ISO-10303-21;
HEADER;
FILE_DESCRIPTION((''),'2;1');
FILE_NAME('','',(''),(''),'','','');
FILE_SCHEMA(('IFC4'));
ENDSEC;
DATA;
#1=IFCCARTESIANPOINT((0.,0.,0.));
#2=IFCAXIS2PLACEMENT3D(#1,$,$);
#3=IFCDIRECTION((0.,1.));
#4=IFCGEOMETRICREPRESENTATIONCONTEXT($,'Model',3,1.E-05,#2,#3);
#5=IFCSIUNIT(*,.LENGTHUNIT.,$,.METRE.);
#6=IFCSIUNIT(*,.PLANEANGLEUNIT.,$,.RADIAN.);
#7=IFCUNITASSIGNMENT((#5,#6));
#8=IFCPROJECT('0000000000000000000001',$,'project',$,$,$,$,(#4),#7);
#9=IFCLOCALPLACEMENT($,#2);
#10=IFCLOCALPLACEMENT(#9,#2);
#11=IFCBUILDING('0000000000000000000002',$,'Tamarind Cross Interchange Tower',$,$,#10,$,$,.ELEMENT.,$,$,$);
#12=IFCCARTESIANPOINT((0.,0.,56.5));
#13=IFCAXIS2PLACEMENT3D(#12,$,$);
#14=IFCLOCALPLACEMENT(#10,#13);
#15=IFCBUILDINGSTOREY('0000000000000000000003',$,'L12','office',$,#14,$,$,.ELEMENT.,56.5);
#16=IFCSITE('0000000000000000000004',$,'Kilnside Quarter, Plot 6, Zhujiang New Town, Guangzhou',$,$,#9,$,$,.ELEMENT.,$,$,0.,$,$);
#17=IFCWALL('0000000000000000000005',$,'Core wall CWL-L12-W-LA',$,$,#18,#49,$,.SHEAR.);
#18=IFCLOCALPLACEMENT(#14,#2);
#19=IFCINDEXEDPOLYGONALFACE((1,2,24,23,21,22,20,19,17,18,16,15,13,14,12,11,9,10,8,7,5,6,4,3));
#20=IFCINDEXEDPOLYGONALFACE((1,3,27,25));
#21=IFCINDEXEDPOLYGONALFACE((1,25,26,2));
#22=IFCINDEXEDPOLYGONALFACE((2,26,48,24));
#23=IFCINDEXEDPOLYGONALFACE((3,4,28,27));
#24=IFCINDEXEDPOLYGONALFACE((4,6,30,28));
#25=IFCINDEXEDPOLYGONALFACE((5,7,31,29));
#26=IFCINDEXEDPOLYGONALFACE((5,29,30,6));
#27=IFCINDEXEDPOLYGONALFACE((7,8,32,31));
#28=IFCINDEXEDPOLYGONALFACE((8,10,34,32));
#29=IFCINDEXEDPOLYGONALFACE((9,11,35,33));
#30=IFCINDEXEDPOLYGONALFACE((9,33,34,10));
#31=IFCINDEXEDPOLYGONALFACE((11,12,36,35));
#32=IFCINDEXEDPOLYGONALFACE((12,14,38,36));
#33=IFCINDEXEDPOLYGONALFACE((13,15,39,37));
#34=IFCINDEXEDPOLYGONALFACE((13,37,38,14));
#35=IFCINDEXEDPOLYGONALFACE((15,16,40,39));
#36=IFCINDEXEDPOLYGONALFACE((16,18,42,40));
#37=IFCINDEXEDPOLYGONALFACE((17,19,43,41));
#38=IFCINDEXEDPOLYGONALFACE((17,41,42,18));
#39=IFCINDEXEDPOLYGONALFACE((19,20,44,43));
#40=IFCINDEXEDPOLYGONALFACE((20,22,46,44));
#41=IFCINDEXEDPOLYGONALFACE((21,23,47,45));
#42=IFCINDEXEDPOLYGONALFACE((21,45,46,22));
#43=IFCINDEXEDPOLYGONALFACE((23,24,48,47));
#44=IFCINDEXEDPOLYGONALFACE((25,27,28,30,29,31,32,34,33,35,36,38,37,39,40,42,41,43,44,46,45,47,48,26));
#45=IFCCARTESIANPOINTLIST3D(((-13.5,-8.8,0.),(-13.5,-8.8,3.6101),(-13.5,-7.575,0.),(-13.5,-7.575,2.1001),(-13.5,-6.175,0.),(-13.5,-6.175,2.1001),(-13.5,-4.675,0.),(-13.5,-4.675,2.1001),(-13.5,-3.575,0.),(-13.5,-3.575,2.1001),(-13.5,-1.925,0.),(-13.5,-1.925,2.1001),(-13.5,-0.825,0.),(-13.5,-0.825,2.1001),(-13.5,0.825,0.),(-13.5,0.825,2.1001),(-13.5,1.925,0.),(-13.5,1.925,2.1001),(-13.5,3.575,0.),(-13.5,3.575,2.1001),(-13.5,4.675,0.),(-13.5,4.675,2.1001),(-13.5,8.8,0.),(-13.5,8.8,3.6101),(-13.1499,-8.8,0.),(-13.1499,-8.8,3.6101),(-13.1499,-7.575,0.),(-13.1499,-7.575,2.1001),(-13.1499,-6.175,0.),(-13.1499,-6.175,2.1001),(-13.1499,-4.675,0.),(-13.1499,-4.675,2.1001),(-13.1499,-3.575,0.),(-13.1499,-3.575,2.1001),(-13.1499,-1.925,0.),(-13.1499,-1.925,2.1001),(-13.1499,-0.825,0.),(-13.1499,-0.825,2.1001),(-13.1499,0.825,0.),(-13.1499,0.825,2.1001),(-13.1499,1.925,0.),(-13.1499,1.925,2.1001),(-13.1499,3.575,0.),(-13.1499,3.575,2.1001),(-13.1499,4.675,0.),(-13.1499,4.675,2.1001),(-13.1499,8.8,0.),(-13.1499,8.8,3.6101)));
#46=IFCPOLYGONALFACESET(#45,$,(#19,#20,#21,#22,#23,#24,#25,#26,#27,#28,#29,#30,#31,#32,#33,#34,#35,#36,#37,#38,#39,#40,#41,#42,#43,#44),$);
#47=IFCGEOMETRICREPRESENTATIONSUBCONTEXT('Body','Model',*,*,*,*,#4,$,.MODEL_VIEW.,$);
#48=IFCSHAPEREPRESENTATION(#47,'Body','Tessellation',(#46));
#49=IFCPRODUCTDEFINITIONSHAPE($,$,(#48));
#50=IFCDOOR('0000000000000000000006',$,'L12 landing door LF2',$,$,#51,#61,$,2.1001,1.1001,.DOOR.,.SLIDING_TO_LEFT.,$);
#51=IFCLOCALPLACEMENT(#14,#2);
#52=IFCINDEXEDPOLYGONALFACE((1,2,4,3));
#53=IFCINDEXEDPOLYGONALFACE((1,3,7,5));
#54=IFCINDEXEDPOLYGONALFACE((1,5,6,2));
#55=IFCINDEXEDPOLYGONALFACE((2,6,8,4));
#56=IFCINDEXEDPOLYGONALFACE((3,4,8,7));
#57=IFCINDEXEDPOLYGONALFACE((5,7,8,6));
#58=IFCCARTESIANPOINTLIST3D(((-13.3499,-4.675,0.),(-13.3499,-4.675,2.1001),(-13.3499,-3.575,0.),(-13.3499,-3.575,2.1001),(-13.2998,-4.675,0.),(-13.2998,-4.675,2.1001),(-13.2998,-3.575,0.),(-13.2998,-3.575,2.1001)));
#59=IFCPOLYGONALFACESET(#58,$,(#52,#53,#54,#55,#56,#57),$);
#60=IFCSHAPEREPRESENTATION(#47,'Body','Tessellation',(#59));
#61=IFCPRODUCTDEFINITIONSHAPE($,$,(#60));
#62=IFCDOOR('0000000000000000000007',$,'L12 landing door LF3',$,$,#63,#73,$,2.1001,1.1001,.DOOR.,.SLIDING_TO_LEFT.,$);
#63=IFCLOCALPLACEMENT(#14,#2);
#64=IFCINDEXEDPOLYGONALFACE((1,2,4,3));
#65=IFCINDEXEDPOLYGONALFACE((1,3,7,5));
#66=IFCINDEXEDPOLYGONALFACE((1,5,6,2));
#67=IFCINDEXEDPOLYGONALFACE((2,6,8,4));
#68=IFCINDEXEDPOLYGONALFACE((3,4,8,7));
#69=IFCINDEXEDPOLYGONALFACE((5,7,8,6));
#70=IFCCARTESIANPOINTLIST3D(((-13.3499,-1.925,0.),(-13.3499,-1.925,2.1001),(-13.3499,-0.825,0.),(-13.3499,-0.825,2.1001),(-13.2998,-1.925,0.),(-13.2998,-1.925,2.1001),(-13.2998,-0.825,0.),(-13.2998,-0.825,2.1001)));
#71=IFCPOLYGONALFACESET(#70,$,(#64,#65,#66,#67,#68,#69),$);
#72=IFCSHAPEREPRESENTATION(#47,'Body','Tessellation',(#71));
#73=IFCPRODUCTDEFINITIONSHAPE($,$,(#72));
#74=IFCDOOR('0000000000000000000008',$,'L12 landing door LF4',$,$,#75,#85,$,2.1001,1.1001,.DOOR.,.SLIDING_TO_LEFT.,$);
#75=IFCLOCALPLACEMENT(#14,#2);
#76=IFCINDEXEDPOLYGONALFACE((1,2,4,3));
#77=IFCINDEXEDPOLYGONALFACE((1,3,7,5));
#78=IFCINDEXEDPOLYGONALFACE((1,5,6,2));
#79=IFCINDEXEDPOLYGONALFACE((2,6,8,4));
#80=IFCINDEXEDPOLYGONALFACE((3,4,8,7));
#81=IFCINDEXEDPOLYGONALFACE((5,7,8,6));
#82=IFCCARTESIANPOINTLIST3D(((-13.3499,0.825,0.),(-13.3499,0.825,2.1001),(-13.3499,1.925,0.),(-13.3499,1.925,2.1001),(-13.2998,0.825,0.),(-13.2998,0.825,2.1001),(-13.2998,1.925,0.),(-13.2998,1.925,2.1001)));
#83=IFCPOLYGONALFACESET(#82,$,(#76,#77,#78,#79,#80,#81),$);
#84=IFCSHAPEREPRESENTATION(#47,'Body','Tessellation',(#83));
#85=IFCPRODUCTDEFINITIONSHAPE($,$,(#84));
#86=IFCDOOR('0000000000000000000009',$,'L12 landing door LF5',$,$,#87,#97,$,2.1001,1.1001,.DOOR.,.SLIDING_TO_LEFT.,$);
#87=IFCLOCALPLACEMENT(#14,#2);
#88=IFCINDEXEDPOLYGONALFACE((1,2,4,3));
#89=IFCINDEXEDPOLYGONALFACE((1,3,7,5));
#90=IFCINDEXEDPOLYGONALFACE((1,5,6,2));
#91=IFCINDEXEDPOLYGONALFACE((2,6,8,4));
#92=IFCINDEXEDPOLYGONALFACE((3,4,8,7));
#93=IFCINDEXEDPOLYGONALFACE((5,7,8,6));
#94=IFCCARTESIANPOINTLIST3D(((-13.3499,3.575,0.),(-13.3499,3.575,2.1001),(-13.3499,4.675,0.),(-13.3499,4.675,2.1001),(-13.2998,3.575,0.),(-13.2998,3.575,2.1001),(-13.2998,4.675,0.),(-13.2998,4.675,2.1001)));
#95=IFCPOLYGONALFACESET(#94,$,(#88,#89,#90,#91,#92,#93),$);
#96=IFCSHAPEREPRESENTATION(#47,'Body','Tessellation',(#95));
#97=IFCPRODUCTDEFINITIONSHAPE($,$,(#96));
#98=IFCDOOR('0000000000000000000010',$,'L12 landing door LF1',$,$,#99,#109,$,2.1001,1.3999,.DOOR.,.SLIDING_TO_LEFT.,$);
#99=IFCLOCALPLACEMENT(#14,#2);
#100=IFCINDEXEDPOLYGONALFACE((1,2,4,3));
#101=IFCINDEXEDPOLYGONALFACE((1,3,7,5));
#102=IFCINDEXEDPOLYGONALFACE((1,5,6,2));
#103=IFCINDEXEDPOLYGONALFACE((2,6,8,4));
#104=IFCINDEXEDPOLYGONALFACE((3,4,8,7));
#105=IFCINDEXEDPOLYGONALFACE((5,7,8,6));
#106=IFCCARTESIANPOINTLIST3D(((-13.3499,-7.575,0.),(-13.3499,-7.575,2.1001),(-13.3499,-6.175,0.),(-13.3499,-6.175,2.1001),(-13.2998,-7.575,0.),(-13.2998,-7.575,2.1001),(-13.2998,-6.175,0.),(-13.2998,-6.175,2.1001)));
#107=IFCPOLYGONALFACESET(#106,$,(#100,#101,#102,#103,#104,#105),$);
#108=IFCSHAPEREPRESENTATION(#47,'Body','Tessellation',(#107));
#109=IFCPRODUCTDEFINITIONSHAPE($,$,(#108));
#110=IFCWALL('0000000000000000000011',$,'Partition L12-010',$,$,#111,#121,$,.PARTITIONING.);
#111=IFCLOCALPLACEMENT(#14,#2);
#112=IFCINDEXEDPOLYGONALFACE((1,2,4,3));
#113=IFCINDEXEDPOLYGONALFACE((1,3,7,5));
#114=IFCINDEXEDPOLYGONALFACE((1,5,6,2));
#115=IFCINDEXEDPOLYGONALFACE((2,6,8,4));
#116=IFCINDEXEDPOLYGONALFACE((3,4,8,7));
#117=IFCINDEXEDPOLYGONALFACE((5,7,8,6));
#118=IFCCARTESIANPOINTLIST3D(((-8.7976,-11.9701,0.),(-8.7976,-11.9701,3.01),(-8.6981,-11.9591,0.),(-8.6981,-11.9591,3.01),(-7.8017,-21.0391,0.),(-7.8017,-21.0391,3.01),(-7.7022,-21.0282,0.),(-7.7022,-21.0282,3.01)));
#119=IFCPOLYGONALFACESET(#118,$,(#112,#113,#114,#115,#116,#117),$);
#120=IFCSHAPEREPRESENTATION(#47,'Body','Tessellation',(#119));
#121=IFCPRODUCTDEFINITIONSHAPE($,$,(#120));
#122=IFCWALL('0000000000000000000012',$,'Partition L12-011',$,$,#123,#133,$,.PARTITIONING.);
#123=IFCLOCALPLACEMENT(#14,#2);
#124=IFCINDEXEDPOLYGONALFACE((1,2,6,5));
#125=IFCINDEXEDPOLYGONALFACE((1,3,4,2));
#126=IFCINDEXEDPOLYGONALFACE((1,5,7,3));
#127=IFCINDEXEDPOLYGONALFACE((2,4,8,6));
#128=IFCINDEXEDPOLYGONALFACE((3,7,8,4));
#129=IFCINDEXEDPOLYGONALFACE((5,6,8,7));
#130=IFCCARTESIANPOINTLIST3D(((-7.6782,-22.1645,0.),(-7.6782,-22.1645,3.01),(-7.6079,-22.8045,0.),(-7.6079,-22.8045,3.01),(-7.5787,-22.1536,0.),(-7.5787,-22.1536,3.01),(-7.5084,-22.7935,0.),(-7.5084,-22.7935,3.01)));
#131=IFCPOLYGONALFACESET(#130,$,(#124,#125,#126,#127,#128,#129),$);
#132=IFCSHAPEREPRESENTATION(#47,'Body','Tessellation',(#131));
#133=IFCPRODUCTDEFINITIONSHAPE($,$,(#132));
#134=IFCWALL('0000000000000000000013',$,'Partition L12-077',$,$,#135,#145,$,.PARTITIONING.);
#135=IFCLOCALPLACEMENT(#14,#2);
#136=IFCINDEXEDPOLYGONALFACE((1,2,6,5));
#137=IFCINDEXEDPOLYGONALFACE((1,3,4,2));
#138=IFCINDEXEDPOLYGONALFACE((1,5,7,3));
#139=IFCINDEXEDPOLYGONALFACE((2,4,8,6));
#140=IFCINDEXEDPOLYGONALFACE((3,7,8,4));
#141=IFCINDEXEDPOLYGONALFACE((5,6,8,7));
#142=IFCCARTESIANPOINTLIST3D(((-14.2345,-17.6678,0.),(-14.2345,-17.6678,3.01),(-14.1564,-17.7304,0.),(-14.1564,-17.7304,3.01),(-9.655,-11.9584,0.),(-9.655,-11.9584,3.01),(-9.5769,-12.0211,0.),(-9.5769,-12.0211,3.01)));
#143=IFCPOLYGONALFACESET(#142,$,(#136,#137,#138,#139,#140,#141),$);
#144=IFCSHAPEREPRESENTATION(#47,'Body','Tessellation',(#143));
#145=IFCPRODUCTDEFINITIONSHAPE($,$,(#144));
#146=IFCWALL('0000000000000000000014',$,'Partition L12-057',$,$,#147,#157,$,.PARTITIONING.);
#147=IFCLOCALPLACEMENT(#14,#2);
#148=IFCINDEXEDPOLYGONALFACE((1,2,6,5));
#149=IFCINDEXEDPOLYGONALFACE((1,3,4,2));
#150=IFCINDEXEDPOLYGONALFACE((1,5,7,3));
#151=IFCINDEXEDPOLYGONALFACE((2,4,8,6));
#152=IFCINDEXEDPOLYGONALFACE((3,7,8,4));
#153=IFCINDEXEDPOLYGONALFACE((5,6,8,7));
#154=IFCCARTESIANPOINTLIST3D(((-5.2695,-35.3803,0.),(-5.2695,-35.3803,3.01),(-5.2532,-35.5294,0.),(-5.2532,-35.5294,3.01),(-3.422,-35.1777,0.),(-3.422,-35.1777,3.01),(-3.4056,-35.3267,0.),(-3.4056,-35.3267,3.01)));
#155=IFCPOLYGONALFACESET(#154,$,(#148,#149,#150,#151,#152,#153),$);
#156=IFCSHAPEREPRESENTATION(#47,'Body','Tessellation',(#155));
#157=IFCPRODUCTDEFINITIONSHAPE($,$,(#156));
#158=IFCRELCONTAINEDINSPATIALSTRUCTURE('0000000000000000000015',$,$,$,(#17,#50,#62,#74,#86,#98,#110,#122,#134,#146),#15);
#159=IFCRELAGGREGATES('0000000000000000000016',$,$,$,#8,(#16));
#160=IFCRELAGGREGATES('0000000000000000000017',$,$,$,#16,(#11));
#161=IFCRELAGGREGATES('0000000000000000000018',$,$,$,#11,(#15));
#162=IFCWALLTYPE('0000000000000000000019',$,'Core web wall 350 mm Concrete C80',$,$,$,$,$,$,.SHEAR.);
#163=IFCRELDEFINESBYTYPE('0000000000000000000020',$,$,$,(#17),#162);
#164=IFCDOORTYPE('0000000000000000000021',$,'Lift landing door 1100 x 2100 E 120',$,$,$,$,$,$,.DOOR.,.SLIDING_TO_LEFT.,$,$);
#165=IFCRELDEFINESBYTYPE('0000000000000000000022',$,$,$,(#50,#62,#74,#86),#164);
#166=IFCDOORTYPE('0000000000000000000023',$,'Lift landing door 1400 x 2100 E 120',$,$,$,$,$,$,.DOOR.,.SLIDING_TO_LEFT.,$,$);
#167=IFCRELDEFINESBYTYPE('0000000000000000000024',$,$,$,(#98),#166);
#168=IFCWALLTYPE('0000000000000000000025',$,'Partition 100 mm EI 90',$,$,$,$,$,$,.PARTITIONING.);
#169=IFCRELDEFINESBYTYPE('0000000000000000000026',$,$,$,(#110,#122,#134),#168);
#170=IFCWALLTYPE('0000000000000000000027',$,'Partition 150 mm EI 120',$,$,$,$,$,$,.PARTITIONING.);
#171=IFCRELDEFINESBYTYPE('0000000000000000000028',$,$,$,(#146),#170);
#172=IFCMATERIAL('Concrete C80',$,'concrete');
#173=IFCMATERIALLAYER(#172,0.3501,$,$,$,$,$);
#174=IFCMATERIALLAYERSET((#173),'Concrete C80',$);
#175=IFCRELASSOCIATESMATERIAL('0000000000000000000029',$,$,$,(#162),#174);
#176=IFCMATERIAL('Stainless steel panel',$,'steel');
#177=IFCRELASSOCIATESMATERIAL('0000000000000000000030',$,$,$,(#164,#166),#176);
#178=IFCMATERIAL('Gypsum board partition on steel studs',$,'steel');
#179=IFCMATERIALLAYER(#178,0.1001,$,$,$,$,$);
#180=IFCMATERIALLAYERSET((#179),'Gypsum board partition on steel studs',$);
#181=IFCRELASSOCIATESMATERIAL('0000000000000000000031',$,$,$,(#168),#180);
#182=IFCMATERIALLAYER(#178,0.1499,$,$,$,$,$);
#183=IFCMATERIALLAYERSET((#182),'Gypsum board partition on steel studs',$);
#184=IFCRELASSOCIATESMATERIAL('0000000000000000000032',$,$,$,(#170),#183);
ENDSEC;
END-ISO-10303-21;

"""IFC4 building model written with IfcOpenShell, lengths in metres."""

from ifc_helpers import new_model, si_unit, direction, frame, frame_2d, origin, place, context, subcontext, project, spatial, rectangle, extrude, material, layer, layer_set, type_object, element, fill, save


model = new_model("IFC4")

# Units and contexts
model_context = context("Model", 3, precision=1e-05, world=origin(), true_north=direction((0.0, 1.0)))
body_context = subcontext(model_context, "Body", "Model", "MODEL_VIEW")
ifc_project = project(units=[si_unit("LENGTHUNIT", "METRE"), si_unit("PLANEANGLEUNIT", "RADIAN")], contexts=[model_context])

# Site, building, storey
site_placement = place(None, origin())
site = spatial("IfcSite", under=ifc_project, at=site_placement, Name="Kilnside Quarter, Plot 6, Zhujiang New Town, Guangzhou", CompositionType="ELEMENT", RefElevation=0.0)
building_placement = place(site_placement, origin())
building = spatial("IfcBuilding", under=site, at=building_placement, Name="Tamarind Cross Interchange Tower", CompositionType="ELEMENT")
storey_placement = place(building_placement, frame((0.0, 0.0, 56.5)))
storey = spatial("IfcBuildingStorey", under=building, at=storey_placement, Name="L12", Description="office", CompositionType="ELEMENT", Elevation=56.5)

# Wall, openings, doors
ifc_material_1 = material(Name="Concrete C80", Category="concrete")
ifc_layer_1 = layer(ifc_material_1, 0.3501)
ifc_layer_set_1 = layer_set([ifc_layer_1], Name="Concrete C80")
wall_type_1 = type_object("IfcWallType", Name="Core web wall 350 mm Concrete C80", PredefinedType="SHEAR", material=ifc_layer_set_1)
wall_1_placement = place(storey_placement, frame((-13.325, -8.8, 0.0), z_axis=(0.0, 0.0, 1.0), x_axis=(0.0, 1.0, 0.0)))
wall_1 = element("IfcWall", 1, at=wall_1_placement, inside=storey, type_object=wall_type_1, Name="Core wall CWL-L12-W-LA", PredefinedType="SHEAR", context=body_context, shape_type="SweptSolid", body=[
    extrude(rectangle(XDim=17.6001, YDim=0.3501, at=frame_2d((8.8, 0.0))), origin(), (0.0, 0.0, 1.0), 3.6101),
])
opening_1_placement = place(wall_1_placement, frame((1.2251, 0.0, 0.0)))
opening_1 = element("IfcOpeningElement", 2, at=opening_1_placement, cuts=wall_1, PredefinedType="OPENING", context=body_context, shape_type="SweptSolid", body=[
    extrude(rectangle(XDim=1.3999, YDim=2.1001, at=frame_2d((0.7, 1.05))), frame((0.0, 0.1851, 0.0), z_axis=(0.0, -1.0, 0.0), x_axis=(1.0, 0.0, 0.0)), (0.0, 0.0, 1.0), 0.3701),
])
opening_2_placement = place(wall_1_placement, frame((4.125, 0.0, 0.0)))
opening_2 = element("IfcOpeningElement", 3, at=opening_2_placement, cuts=wall_1, PredefinedType="OPENING", context=body_context, shape_type="SweptSolid", body=[
    extrude(rectangle(XDim=1.1001, YDim=2.1001, at=frame_2d((0.55, 1.05))), frame((0.0, 0.1851, 0.0), z_axis=(0.0, -1.0, 0.0), x_axis=(1.0, 0.0, 0.0)), (0.0, 0.0, 1.0), 0.3701),
])
opening_3_placement = place(wall_1_placement, frame((6.875, 0.0, 0.0)))
opening_3 = element("IfcOpeningElement", 4, at=opening_3_placement, cuts=wall_1, PredefinedType="OPENING", context=body_context, shape_type="SweptSolid", body=[
    extrude(rectangle(XDim=1.1001, YDim=2.1001, at=frame_2d((0.55, 1.05))), frame((0.0, 0.1851, 0.0), z_axis=(0.0, -1.0, 0.0), x_axis=(1.0, 0.0, 0.0)), (0.0, 0.0, 1.0), 0.3701),
])
opening_4_placement = place(wall_1_placement, frame((9.625, 0.0, 0.0)))
opening_4 = element("IfcOpeningElement", 5, at=opening_4_placement, cuts=wall_1, PredefinedType="OPENING", context=body_context, shape_type="SweptSolid", body=[
    extrude(rectangle(XDim=1.1001, YDim=2.1001, at=frame_2d((0.55, 1.05))), frame((0.0, 0.1851, 0.0), z_axis=(0.0, -1.0, 0.0), x_axis=(1.0, 0.0, 0.0)), (0.0, 0.0, 1.0), 0.3701),
])
opening_5_placement = place(wall_1_placement, frame((12.375, 0.0, 0.0)))
opening_5 = element("IfcOpeningElement", 6, at=opening_5_placement, cuts=wall_1, PredefinedType="OPENING", context=body_context, shape_type="SweptSolid", body=[
    extrude(rectangle(XDim=1.1001, YDim=2.1001, at=frame_2d((0.55, 1.05))), frame((0.0, 0.1851, 0.0), z_axis=(0.0, -1.0, 0.0), x_axis=(1.0, 0.0, 0.0)), (0.0, 0.0, 1.0), 0.3701),
])
ifc_material_2 = material(Name="Stainless steel panel", Category="steel")
door_type_1 = type_object("IfcDoorType", Name="Lift landing door 1100 x 2100 E 120", OperationType="SLIDING_TO_LEFT", PredefinedType="DOOR", material=ifc_material_2)
door_1_placement = place(opening_2_placement, origin())
door_1 = element("IfcDoor", 7, at=door_1_placement, inside=storey, type_object=door_type_1, Name="L12 landing door LF2", OperationType="SLIDING_TO_LEFT", OverallHeight=2.1001, OverallWidth=1.1001, PredefinedType="DOOR", context=body_context, shape_type="SweptSolid", body=[
    extrude(rectangle(XDim=1.1001, YDim=2.1001, at=frame_2d((0.55, 1.05))), frame((0.0, 0.0249, 0.0), z_axis=(0.0, -1.0, 0.0), x_axis=(1.0, 0.0, 0.0)), (0.0, 0.0, 1.0), 0.05),
])
fill(opening_2, door_1)
door_2_placement = place(opening_3_placement, origin())
door_2 = element("IfcDoor", 8, at=door_2_placement, inside=storey, type_object=door_type_1, Name="L12 landing door LF3", OperationType="SLIDING_TO_LEFT", OverallHeight=2.1001, OverallWidth=1.1001, PredefinedType="DOOR", context=body_context, shape_type="SweptSolid", body=[
    extrude(rectangle(XDim=1.1001, YDim=2.1001, at=frame_2d((0.55, 1.05))), frame((0.0, 0.0249, 0.0), z_axis=(0.0, -1.0, 0.0), x_axis=(1.0, 0.0, 0.0)), (0.0, 0.0, 1.0), 0.05),
])
fill(opening_3, door_2)
door_3_placement = place(opening_4_placement, origin())
door_3 = element("IfcDoor", 9, at=door_3_placement, inside=storey, type_object=door_type_1, Name="L12 landing door LF4", OperationType="SLIDING_TO_LEFT", OverallHeight=2.1001, OverallWidth=1.1001, PredefinedType="DOOR", context=body_context, shape_type="SweptSolid", body=[
    extrude(rectangle(XDim=1.1001, YDim=2.1001, at=frame_2d((0.55, 1.05))), frame((0.0, 0.0249, 0.0), z_axis=(0.0, -1.0, 0.0), x_axis=(1.0, 0.0, 0.0)), (0.0, 0.0, 1.0), 0.05),
])
fill(opening_4, door_3)
door_4_placement = place(opening_5_placement, origin())
door_4 = element("IfcDoor", 10, at=door_4_placement, inside=storey, type_object=door_type_1, Name="L12 landing door LF5", OperationType="SLIDING_TO_LEFT", OverallHeight=2.1001, OverallWidth=1.1001, PredefinedType="DOOR", context=body_context, shape_type="SweptSolid", body=[
    extrude(rectangle(XDim=1.1001, YDim=2.1001, at=frame_2d((0.55, 1.05))), frame((0.0, 0.0249, 0.0), z_axis=(0.0, -1.0, 0.0), x_axis=(1.0, 0.0, 0.0)), (0.0, 0.0, 1.0), 0.05),
])
fill(opening_5, door_4)
door_type_2 = type_object("IfcDoorType", Name="Lift landing door 1400 x 2100 E 120", OperationType="SLIDING_TO_LEFT", PredefinedType="DOOR", material=ifc_material_2)
door_5_placement = place(opening_1_placement, origin())
door_5 = element("IfcDoor", 11, at=door_5_placement, inside=storey, type_object=door_type_2, Name="L12 landing door LF1", OperationType="SLIDING_TO_LEFT", OverallHeight=2.1001, OverallWidth=1.3999, PredefinedType="DOOR", context=body_context, shape_type="SweptSolid", body=[
    extrude(rectangle(XDim=1.3999, YDim=2.1001, at=frame_2d((0.7, 1.05))), frame((0.0, 0.0249, 0.0), z_axis=(0.0, -1.0, 0.0), x_axis=(1.0, 0.0, 0.0)), (0.0, 0.0, 1.0), 0.05),
])
fill(opening_1, door_5)

# Walls
ifc_material_3 = material(Name="Gypsum board partition on steel studs", Category="steel")
ifc_layer_2 = layer(ifc_material_3, 0.1001)
ifc_layer_set_2 = layer_set([ifc_layer_2], Name="Gypsum board partition on steel studs")
wall_type_2 = type_object("IfcWallType", Name="Partition 100 mm EI 90", PredefinedType="PARTITIONING", material=ifc_layer_set_2)
wall_2_placement = place(storey_placement, frame((-8.7478, -11.9646, 0.0), z_axis=(0.0, 0.0, 1.0), x_axis=(0.109151, -0.994025, 0.0)))
element("IfcWall", 12, at=wall_2_placement, inside=storey, type_object=wall_type_2, Name="Partition L12-010", PredefinedType="PARTITIONING", context=body_context, shape_type="SweptSolid", body=[
    extrude(rectangle(XDim=9.1235, YDim=0.1001, at=frame_2d((4.5618, 0.0))), origin(), (0.0, 0.0, 1.0), 3.01),
])
wall_3_placement = place(storey_placement, frame((-7.6284, -22.1592, 0.0), z_axis=(0.0, 0.0, 1.0), x_axis=(0.109224, -0.994017, 0.0)))
element("IfcWall", 13, at=wall_3_placement, inside=storey, type_object=wall_type_2, Name="Partition L12-011", PredefinedType="PARTITIONING", context=body_context, shape_type="SweptSolid", body=[
    extrude(rectangle(XDim=0.6438, YDim=0.1001, at=frame_2d((0.3218, 0.0))), origin(), (0.0, 0.0, 1.0), 3.01),
])
wall_4_placement = place(storey_placement, frame((-14.1956, -17.6992, 0.0), z_axis=(0.0, 0.0, 1.0), x_axis=(0.625695, 0.780068, 0.0)))
element("IfcWall", 14, at=wall_4_placement, inside=storey, type_object=wall_type_2, Name="Partition L12-077", PredefinedType="PARTITIONING", context=body_context, shape_type="SweptSolid", body=[
    extrude(rectangle(XDim=7.3191, YDim=0.1001, at=frame_2d((3.6597, 0.0))), origin(), (0.0, 0.0, 1.0), 3.01),
])
ifc_layer_3 = layer(ifc_material_3, 0.1499)
ifc_layer_set_3 = layer_set([ifc_layer_3], Name="Gypsum board partition on steel studs")
wall_type_3 = type_object("IfcWallType", Name="Partition 150 mm EI 120", PredefinedType="PARTITIONING", material=ifc_layer_set_3)
wall_5_placement = place(storey_placement, frame((-5.2612, -35.4548, 0.0), z_axis=(0.0, 0.0, 1.0), x_axis=(0.99404, 0.109019, 0.0)))
element("IfcWall", 15, at=wall_5_placement, inside=storey, type_object=wall_type_3, Name="Partition L12-057", PredefinedType="PARTITIONING", context=body_context, shape_type="SweptSolid", body=[
    extrude(rectangle(XDim=1.8586, YDim=0.1499, at=frame_2d((0.9292, 0.0))), origin(), (0.0, 0.0, 1.0), 3.01),
])

save(model, "model.ifc")
